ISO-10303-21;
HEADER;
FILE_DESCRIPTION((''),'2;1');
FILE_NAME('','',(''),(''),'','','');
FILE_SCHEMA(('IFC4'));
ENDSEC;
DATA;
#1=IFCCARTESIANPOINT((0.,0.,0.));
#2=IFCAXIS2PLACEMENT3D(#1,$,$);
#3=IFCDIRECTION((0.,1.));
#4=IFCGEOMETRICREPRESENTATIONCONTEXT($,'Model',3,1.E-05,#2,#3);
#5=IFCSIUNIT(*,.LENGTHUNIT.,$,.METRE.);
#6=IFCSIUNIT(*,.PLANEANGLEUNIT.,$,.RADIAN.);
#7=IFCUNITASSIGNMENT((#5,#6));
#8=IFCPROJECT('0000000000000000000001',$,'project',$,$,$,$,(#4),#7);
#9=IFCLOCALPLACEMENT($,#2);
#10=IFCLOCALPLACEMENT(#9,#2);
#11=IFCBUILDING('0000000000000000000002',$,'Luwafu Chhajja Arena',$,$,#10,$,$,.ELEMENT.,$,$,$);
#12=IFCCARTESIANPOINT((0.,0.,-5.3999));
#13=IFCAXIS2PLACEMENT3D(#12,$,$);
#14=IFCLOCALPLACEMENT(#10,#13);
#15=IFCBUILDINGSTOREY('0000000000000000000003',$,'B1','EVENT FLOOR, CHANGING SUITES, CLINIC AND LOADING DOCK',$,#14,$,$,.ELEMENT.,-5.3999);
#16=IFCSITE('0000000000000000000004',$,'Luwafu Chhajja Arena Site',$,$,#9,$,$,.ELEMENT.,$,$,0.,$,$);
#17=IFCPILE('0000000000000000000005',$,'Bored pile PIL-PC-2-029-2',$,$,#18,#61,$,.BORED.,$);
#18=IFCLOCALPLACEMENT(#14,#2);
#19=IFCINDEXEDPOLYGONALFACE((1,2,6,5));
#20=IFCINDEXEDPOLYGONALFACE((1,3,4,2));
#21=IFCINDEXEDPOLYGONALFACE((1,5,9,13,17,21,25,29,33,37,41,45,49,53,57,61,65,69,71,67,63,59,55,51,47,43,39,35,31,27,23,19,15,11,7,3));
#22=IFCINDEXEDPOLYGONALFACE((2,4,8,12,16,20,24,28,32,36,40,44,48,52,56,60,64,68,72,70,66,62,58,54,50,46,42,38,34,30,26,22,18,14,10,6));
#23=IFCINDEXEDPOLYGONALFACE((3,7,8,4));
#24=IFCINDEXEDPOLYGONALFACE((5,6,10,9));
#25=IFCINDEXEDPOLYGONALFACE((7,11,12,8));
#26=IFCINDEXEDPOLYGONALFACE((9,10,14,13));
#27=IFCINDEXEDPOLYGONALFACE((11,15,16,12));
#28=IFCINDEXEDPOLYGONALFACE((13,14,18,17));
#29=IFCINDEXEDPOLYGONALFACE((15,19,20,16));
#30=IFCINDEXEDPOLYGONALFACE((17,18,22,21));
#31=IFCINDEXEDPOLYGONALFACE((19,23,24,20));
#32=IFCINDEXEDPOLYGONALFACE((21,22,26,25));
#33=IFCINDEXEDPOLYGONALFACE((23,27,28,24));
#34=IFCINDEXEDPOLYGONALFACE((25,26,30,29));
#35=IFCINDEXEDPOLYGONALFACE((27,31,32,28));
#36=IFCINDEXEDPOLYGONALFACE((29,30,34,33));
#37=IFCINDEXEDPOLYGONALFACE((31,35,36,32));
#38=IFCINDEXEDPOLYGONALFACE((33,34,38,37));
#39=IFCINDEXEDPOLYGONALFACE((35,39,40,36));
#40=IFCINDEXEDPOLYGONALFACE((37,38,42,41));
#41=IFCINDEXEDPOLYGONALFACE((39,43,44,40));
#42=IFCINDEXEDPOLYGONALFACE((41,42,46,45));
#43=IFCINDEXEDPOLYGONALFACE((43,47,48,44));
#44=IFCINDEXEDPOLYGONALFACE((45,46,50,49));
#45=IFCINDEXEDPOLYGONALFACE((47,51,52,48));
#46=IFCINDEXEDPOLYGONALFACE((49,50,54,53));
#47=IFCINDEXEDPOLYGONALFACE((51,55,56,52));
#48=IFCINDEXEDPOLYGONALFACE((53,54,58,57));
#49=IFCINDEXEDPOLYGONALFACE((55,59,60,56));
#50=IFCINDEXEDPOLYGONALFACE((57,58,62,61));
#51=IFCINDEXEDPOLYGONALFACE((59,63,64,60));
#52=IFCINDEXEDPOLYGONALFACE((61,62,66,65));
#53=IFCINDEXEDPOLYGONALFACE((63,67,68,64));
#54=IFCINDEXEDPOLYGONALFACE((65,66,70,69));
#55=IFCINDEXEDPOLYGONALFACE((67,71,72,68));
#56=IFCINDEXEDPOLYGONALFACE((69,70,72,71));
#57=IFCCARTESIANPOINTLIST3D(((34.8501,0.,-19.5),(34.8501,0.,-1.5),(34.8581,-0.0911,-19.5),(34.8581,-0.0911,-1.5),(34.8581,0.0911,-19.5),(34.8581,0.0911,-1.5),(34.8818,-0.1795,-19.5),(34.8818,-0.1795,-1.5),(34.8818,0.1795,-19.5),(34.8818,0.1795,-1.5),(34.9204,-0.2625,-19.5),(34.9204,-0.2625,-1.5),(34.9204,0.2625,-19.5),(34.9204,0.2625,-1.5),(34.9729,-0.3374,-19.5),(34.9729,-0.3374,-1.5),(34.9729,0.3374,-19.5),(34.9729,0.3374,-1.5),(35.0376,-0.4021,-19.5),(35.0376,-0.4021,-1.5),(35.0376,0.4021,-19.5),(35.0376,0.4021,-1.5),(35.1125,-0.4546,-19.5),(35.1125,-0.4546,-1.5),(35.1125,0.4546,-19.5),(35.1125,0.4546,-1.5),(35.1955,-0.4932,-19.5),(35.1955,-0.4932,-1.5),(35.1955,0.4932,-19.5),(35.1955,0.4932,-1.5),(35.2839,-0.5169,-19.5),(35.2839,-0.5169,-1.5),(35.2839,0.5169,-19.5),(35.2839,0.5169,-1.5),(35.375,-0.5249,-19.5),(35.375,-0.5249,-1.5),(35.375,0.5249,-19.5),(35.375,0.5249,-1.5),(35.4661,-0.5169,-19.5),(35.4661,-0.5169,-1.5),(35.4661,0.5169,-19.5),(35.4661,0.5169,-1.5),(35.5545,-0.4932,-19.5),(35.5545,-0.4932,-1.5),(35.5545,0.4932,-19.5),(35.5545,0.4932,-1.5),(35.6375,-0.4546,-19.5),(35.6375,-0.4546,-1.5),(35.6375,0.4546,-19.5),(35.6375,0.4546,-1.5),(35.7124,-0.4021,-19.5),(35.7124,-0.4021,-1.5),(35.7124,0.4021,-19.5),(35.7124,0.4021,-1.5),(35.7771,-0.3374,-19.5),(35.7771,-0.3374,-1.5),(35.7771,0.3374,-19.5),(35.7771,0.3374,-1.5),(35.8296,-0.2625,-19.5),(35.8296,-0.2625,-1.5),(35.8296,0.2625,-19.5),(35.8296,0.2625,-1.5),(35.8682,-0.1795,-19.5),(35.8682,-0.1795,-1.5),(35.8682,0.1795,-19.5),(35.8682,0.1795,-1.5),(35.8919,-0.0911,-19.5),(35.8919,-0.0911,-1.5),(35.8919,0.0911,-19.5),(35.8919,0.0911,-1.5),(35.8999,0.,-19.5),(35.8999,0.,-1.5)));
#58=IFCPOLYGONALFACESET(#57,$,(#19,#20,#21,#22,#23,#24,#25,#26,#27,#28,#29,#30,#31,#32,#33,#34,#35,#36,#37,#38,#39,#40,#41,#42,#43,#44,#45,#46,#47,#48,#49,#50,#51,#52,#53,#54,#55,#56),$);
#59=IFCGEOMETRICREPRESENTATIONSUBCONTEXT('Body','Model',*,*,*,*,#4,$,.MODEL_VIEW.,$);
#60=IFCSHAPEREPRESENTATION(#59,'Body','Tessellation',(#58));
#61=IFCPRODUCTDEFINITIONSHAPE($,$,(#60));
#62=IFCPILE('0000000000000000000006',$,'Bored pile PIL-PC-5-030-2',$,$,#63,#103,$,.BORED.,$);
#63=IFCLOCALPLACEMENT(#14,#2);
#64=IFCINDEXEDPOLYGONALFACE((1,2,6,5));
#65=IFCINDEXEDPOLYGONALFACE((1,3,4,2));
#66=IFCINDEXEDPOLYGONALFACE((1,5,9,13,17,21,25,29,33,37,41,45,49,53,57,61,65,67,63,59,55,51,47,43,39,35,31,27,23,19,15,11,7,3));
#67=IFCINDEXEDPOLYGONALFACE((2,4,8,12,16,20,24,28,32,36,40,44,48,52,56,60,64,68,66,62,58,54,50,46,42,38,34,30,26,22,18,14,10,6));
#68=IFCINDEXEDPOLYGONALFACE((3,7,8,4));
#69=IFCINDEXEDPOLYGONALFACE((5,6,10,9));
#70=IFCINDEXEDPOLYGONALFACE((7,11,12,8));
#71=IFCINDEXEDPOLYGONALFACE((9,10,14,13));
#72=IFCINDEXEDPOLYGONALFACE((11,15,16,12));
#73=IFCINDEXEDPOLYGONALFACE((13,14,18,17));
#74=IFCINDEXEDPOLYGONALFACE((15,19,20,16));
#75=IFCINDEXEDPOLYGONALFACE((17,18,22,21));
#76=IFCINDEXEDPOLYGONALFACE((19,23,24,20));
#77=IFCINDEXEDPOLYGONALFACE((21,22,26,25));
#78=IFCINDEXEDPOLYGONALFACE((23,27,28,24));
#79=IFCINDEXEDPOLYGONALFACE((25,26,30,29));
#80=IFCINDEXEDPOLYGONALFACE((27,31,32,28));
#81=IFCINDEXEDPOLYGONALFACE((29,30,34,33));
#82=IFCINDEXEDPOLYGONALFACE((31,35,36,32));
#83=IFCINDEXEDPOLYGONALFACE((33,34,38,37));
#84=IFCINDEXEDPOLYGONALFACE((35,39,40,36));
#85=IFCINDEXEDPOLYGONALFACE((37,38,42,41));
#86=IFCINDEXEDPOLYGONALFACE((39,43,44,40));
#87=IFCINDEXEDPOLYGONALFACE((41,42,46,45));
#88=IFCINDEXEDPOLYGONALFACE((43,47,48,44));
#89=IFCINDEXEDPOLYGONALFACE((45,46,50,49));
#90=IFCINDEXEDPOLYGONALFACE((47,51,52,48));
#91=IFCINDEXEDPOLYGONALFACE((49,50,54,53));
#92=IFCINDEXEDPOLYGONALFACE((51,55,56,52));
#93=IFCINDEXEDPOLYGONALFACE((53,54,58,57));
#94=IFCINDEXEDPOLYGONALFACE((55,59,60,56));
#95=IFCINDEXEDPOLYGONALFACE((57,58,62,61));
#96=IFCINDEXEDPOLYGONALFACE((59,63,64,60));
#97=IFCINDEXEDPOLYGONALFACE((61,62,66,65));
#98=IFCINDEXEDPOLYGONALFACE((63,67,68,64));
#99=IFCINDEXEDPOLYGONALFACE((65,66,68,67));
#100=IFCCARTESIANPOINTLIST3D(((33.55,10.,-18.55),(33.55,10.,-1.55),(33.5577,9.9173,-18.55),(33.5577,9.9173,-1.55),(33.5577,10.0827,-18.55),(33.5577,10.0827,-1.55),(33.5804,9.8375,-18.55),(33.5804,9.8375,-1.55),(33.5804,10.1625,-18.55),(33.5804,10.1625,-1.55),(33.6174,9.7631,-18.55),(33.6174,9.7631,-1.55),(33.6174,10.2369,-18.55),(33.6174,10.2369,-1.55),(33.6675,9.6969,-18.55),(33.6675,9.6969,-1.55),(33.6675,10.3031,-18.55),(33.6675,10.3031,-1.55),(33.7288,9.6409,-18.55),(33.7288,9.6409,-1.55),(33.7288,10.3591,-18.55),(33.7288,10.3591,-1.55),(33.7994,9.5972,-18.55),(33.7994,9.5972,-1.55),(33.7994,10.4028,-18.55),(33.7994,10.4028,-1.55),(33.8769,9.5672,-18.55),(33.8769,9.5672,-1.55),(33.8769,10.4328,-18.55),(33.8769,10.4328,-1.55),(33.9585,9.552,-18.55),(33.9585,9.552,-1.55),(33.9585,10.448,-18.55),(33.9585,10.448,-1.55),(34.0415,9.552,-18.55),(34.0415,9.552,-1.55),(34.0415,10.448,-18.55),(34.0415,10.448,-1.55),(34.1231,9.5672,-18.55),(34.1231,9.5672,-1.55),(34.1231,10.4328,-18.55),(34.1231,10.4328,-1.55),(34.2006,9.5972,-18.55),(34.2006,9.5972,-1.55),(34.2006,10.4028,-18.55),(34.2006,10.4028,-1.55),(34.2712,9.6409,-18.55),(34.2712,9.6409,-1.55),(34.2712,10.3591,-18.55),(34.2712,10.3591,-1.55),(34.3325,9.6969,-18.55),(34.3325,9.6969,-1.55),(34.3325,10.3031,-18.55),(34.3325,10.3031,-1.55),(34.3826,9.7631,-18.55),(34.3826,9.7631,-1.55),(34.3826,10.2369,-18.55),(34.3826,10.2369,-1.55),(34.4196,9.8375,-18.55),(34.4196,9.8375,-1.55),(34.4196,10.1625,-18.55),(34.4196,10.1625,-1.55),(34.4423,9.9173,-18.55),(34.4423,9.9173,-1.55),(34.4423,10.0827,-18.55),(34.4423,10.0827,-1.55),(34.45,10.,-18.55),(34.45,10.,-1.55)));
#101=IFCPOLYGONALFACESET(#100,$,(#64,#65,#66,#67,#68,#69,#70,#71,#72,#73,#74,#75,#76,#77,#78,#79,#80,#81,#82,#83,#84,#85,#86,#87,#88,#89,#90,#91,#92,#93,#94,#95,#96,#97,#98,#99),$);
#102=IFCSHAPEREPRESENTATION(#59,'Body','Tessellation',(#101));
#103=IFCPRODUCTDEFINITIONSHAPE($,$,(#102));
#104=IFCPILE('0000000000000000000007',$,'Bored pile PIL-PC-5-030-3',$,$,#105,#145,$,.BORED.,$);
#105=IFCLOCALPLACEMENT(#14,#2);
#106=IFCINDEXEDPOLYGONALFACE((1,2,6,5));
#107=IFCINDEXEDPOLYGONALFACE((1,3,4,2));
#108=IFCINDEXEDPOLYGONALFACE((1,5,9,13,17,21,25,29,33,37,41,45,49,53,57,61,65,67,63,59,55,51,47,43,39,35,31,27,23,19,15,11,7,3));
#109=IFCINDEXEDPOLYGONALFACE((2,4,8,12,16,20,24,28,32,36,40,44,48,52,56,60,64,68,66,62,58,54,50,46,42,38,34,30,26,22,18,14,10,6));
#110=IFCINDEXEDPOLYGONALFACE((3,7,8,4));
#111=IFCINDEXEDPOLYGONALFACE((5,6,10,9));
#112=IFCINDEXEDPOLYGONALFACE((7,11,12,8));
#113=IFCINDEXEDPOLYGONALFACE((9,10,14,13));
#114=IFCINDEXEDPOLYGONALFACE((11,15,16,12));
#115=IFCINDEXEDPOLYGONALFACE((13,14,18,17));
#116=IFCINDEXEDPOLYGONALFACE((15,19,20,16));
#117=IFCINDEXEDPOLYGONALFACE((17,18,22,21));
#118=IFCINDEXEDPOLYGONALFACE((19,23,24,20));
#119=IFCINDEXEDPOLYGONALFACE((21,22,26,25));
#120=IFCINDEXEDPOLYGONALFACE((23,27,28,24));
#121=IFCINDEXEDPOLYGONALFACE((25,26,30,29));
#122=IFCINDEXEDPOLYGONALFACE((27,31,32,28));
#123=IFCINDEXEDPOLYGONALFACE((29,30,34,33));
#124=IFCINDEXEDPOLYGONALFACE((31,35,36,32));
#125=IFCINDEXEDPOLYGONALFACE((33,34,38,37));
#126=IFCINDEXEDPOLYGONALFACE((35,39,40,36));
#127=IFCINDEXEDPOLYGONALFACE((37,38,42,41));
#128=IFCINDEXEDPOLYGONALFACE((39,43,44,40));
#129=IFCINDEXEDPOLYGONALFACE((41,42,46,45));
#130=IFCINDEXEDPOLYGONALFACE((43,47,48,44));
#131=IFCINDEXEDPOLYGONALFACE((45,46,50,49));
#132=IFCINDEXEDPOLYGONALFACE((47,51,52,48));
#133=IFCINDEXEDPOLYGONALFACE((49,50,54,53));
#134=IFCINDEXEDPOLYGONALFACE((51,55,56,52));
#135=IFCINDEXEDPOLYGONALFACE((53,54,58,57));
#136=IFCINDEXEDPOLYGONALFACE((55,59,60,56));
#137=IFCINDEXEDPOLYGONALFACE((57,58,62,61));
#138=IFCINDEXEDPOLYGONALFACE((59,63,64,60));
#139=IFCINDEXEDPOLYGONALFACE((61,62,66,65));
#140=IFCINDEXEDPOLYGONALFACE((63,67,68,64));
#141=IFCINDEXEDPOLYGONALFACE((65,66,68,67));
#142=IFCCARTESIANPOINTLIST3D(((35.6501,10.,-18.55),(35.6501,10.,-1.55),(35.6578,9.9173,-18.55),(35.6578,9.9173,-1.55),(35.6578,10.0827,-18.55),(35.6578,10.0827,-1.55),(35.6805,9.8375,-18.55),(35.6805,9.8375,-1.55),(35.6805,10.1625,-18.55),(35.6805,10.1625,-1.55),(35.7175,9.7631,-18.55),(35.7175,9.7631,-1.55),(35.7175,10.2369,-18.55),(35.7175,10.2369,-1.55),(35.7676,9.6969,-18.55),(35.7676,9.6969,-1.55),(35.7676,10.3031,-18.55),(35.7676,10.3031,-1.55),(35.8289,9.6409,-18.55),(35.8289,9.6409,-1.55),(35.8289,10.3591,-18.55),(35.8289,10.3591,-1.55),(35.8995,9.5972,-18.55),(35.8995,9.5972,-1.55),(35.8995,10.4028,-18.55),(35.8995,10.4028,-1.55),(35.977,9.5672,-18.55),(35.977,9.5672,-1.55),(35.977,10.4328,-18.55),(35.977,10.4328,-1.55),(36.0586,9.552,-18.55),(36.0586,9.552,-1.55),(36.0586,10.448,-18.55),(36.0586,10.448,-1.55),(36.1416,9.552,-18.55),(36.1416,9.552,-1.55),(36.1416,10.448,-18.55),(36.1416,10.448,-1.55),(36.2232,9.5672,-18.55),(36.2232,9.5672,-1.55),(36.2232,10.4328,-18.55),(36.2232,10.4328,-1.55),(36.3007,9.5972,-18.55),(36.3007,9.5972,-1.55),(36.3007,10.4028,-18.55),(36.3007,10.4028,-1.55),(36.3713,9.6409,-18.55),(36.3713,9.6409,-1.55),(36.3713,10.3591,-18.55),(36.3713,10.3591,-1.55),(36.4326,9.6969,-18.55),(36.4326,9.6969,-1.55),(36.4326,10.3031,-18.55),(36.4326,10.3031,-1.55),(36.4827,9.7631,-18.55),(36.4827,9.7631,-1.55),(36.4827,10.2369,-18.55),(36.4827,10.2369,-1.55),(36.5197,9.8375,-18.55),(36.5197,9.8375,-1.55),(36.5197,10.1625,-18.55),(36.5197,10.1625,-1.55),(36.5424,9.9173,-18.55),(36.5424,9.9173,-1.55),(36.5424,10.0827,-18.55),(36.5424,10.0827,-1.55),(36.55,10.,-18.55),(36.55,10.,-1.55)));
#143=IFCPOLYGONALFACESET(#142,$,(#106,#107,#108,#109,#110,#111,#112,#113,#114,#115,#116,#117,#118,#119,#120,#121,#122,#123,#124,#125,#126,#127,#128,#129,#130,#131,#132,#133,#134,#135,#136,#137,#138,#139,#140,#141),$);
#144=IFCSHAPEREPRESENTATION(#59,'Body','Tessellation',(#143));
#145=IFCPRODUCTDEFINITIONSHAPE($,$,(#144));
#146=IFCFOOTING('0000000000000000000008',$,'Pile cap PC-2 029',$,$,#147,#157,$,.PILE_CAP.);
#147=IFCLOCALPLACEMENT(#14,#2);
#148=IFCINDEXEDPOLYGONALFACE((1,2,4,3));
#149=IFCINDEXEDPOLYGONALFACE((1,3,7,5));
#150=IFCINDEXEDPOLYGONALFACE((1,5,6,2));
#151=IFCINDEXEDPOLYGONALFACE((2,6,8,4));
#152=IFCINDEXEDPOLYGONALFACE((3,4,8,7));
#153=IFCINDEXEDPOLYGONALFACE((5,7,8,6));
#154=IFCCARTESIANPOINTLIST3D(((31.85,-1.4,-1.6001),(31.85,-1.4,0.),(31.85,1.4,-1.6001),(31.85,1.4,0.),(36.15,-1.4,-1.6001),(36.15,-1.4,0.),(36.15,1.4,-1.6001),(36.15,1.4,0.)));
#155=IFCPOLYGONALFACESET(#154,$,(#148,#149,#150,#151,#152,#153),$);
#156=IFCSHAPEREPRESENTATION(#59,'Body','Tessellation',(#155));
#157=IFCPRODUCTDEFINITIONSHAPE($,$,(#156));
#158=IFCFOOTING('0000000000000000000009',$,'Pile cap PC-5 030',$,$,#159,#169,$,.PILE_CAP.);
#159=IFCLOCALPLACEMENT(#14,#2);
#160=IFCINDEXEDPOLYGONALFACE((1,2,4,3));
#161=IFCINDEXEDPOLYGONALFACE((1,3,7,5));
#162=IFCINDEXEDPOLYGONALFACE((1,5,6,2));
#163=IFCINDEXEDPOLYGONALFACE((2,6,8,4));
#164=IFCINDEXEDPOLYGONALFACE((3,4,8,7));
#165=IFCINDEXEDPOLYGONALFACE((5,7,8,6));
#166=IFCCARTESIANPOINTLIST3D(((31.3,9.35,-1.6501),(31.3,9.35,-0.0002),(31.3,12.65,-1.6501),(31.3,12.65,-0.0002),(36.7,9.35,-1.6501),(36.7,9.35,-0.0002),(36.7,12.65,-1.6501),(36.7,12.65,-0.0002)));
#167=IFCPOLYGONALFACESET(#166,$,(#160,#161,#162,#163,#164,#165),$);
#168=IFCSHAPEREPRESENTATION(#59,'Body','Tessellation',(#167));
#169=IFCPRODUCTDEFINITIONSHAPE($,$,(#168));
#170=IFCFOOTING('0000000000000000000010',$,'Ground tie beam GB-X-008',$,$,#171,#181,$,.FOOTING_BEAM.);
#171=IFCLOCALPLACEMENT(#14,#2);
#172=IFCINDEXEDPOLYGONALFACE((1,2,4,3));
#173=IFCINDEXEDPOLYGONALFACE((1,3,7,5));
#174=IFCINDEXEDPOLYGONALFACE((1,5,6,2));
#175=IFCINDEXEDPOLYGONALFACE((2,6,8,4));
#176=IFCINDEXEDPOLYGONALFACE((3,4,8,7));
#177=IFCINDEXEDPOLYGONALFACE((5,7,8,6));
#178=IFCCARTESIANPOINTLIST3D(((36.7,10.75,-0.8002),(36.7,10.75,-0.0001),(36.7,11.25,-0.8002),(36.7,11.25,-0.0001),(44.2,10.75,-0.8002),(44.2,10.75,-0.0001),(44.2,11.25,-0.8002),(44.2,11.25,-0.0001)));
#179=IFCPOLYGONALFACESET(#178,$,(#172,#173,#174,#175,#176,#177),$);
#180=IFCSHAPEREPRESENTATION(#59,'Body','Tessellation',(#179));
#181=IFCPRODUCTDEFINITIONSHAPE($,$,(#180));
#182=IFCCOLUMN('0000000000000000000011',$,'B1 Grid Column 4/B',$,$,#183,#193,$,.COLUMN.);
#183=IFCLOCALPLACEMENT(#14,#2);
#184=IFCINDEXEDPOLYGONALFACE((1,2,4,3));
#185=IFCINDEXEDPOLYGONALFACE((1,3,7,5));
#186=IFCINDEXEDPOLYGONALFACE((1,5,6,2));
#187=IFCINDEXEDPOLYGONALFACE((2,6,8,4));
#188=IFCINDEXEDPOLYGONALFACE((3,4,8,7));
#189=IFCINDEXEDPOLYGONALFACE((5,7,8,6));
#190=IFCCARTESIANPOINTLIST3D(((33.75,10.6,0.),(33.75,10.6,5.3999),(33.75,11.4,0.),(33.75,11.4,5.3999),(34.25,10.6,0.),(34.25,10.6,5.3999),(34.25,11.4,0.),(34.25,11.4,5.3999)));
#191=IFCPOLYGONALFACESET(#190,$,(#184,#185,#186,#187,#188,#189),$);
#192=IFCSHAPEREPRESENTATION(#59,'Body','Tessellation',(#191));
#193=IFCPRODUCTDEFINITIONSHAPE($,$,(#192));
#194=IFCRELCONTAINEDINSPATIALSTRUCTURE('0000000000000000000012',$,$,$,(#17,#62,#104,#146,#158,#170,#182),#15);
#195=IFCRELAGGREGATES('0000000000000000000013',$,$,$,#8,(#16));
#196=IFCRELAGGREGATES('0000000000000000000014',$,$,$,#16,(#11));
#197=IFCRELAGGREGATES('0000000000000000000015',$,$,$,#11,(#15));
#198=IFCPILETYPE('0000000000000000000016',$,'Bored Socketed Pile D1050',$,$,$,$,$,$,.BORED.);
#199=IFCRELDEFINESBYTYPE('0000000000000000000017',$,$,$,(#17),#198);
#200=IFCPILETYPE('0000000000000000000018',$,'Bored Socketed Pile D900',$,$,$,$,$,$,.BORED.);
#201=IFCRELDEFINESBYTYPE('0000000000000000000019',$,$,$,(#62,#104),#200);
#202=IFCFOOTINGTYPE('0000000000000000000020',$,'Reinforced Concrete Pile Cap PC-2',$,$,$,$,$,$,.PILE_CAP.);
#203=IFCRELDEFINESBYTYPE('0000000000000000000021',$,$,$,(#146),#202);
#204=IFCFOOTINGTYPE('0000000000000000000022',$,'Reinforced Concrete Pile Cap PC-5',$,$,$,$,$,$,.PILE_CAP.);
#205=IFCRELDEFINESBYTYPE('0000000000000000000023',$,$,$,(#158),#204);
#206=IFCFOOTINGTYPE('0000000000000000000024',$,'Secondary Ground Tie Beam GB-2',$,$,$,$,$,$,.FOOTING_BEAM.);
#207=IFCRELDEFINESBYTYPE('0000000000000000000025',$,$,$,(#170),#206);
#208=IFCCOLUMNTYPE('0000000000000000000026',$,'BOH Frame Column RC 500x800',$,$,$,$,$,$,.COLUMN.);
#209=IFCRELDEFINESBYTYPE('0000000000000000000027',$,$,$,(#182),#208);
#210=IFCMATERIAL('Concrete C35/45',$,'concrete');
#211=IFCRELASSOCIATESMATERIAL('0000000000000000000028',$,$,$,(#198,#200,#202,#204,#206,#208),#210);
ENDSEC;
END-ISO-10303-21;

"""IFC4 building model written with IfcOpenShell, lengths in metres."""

from ifc_helpers import new_model, si_unit, direction, frame, origin, origin_2d, place, context, subcontext, project, spatial, rectangle, circle, extrude, material, material_profile, profile_set, type_object, element, save


model = new_model("IFC4")

# Units and contexts
model_context = context("Model", 3, precision=1e-05, world=origin(), true_north=direction((0.0, 1.0)))
body_context = subcontext(model_context, "Body", "Model", "MODEL_VIEW")
ifc_project = project(units=[si_unit("LENGTHUNIT", "METRE"), si_unit("PLANEANGLEUNIT", "RADIAN")], contexts=[model_context])

# Site, building, storey
site_placement = place(None, origin())
site = spatial("IfcSite", under=ifc_project, at=site_placement, Name="Luwafu Chhajja Arena Site", CompositionType="ELEMENT", RefElevation=0.0)
building_placement = place(site_placement, origin())
building = spatial("IfcBuilding", under=site, at=building_placement, Name="Luwafu Chhajja Arena", CompositionType="ELEMENT")
storey_placement = place(building_placement, frame((0.0, 0.0, -5.3999)))
storey = spatial("IfcBuildingStorey", under=building, at=storey_placement, Name="B1", Description="EVENT FLOOR, CHANGING SUITES, CLINIC AND LOADING DOCK", CompositionType="ELEMENT", Elevation=-5.3999)

# Piles
ifc_material_1 = material(Name="Concrete C35/45", Category="concrete")
ifc_material_profile_1 = material_profile(ifc_material_1, circle(Radius=0.5249, at=origin_2d()), Name="PILE D1050")
ifc_profile_set_1 = profile_set([ifc_material_profile_1], Name="Concrete C35/45")
pile_type_1 = type_object("IfcPileType", Name="Bored Socketed Pile D1050", PredefinedType="BORED", material=ifc_profile_set_1)
pile_placement = place(storey_placement, frame((35.375, 0.0, -1.5), z_axis=(0.0, 0.0, -1.0), x_axis=(1.0, 0.0, 0.0)))
element("IfcPile", 1, at=pile_placement, inside=storey, type_object=pile_type_1, Name="Bored pile PIL-PC-2-029-2", PredefinedType="BORED", context=body_context, shape_type="SweptSolid", body=[
    extrude(circle(Radius=0.5249, at=origin_2d()), origin(), (0.0, 0.0, 1.0), 18.0),
])
ifc_material_profile_2 = material_profile(ifc_material_1, circle(Radius=0.45, at=origin_2d()), Name="PILE D900")
ifc_profile_set_2 = profile_set([ifc_material_profile_2], Name="Concrete C35/45")
pile_type_2 = type_object("IfcPileType", Name="Bored Socketed Pile D900", PredefinedType="BORED", material=ifc_profile_set_2)
for number, where, z_axis, x_axis, name in (
    (2, (34.0, 10.0, -1.55), (0.0, 0.0, -1.0), (1.0, 0.0, 0.0), "Bored pile PIL-PC-5-030-2"),
    (3, (36.1001, 10.0, -1.55), (0.0, 0.0, -1.0), (1.0, 0.0, 0.0), "Bored pile PIL-PC-5-030-3"),
):
    element("IfcPile", number, at=place(storey_placement, frame(where, z_axis=z_axis, x_axis=x_axis)), inside=storey, type_object=pile_type_2, Name=name, PredefinedType="BORED", context=body_context, shape_type="SweptSolid", body=[
        extrude(circle(Radius=0.45, at=origin_2d()), origin(), (0.0, 0.0, 1.0), 17.0),
    ])

# Footings
footing_type_1 = type_object("IfcFootingType", Name="Reinforced Concrete Pile Cap PC-2", PredefinedType="PILE_CAP", material=ifc_material_1)
footing_1_placement = place(storey_placement, frame((34.0, 0.0, -1.6001), z_axis=(0.0, 0.0, 1.0), x_axis=(1.0, 0.0, 0.0)))
element("IfcFooting", 4, at=footing_1_placement, inside=storey, type_object=footing_type_1, Name="Pile cap PC-2 029", PredefinedType="PILE_CAP", context=body_context, shape_type="SweptSolid", body=[
    extrude(rectangle(XDim=4.3, YDim=2.8, at=origin_2d()), origin(), (0.0, 0.0, 1.0), 1.6001),
])
footing_type_2 = type_object("IfcFootingType", Name="Reinforced Concrete Pile Cap PC-5", PredefinedType="PILE_CAP", material=ifc_material_1)
footing_2_placement = place(storey_placement, frame((34.0, 11.0, -1.6501), z_axis=(0.0, 0.0, 1.0), x_axis=(1.0, 0.0, 0.0)))
element("IfcFooting", 5, at=footing_2_placement, inside=storey, type_object=footing_type_2, Name="Pile cap PC-5 030", PredefinedType="PILE_CAP", context=body_context, shape_type="SweptSolid", body=[
    extrude(rectangle(XDim=5.3999, YDim=3.3, at=origin_2d()), origin(), (0.0, 0.0, 1.0), 1.6499),
])
ifc_material_profile_3 = material_profile(ifc_material_1, rectangle(XDim=0.5, YDim=0.8, at=origin_2d()), Name="RC 500x800")
ifc_profile_set_3 = profile_set([ifc_material_profile_3], Name="Concrete C35/45")
footing_type_3 = type_object("IfcFootingType", Name="Secondary Ground Tie Beam GB-2", PredefinedType="FOOTING_BEAM", material=ifc_profile_set_3)
footing_3_placement = place(storey_placement, frame((36.7, 11.0, -0.4001), z_axis=(1.0, 0.0, 0.0), x_axis=(0.0, 1.0, 0.0)))
element("IfcFooting", 6, at=footing_3_placement, inside=storey, type_object=footing_type_3, Name="Ground tie beam GB-X-008", PredefinedType="FOOTING_BEAM", context=body_context, shape_type="SweptSolid", body=[
    extrude(rectangle(XDim=0.5, YDim=0.8, at=origin_2d()), origin(), (0.0, 0.0, 1.0), 7.5),
])

# Column
ifc_material_profile_4 = material_profile(ifc_material_1, rectangle(XDim=0.5, YDim=0.8, at=origin_2d()), Name="RC 500x800")
ifc_profile_set_4 = profile_set([ifc_material_profile_4], Name="Concrete C35/45")
column_type_1 = type_object("IfcColumnType", Name="BOH Frame Column RC 500x800", PredefinedType="COLUMN", material=ifc_profile_set_4)
column_1_placement = place(storey_placement, frame((34.0, 11.0, 0.0), z_axis=(0.0, 0.0, 1.0), x_axis=(1.0, 0.0, 0.0)))
element("IfcColumn", 7, at=column_1_placement, inside=storey, type_object=column_type_1, Name="B1 Grid Column 4/B", PredefinedType="COLUMN", context=body_context, shape_type="SweptSolid", body=[
    extrude(rectangle(XDim=0.5, YDim=0.8, at=origin_2d()), origin(), (0.0, 0.0, 1.0), 5.3999),
])

save(model, "model.ifc")
